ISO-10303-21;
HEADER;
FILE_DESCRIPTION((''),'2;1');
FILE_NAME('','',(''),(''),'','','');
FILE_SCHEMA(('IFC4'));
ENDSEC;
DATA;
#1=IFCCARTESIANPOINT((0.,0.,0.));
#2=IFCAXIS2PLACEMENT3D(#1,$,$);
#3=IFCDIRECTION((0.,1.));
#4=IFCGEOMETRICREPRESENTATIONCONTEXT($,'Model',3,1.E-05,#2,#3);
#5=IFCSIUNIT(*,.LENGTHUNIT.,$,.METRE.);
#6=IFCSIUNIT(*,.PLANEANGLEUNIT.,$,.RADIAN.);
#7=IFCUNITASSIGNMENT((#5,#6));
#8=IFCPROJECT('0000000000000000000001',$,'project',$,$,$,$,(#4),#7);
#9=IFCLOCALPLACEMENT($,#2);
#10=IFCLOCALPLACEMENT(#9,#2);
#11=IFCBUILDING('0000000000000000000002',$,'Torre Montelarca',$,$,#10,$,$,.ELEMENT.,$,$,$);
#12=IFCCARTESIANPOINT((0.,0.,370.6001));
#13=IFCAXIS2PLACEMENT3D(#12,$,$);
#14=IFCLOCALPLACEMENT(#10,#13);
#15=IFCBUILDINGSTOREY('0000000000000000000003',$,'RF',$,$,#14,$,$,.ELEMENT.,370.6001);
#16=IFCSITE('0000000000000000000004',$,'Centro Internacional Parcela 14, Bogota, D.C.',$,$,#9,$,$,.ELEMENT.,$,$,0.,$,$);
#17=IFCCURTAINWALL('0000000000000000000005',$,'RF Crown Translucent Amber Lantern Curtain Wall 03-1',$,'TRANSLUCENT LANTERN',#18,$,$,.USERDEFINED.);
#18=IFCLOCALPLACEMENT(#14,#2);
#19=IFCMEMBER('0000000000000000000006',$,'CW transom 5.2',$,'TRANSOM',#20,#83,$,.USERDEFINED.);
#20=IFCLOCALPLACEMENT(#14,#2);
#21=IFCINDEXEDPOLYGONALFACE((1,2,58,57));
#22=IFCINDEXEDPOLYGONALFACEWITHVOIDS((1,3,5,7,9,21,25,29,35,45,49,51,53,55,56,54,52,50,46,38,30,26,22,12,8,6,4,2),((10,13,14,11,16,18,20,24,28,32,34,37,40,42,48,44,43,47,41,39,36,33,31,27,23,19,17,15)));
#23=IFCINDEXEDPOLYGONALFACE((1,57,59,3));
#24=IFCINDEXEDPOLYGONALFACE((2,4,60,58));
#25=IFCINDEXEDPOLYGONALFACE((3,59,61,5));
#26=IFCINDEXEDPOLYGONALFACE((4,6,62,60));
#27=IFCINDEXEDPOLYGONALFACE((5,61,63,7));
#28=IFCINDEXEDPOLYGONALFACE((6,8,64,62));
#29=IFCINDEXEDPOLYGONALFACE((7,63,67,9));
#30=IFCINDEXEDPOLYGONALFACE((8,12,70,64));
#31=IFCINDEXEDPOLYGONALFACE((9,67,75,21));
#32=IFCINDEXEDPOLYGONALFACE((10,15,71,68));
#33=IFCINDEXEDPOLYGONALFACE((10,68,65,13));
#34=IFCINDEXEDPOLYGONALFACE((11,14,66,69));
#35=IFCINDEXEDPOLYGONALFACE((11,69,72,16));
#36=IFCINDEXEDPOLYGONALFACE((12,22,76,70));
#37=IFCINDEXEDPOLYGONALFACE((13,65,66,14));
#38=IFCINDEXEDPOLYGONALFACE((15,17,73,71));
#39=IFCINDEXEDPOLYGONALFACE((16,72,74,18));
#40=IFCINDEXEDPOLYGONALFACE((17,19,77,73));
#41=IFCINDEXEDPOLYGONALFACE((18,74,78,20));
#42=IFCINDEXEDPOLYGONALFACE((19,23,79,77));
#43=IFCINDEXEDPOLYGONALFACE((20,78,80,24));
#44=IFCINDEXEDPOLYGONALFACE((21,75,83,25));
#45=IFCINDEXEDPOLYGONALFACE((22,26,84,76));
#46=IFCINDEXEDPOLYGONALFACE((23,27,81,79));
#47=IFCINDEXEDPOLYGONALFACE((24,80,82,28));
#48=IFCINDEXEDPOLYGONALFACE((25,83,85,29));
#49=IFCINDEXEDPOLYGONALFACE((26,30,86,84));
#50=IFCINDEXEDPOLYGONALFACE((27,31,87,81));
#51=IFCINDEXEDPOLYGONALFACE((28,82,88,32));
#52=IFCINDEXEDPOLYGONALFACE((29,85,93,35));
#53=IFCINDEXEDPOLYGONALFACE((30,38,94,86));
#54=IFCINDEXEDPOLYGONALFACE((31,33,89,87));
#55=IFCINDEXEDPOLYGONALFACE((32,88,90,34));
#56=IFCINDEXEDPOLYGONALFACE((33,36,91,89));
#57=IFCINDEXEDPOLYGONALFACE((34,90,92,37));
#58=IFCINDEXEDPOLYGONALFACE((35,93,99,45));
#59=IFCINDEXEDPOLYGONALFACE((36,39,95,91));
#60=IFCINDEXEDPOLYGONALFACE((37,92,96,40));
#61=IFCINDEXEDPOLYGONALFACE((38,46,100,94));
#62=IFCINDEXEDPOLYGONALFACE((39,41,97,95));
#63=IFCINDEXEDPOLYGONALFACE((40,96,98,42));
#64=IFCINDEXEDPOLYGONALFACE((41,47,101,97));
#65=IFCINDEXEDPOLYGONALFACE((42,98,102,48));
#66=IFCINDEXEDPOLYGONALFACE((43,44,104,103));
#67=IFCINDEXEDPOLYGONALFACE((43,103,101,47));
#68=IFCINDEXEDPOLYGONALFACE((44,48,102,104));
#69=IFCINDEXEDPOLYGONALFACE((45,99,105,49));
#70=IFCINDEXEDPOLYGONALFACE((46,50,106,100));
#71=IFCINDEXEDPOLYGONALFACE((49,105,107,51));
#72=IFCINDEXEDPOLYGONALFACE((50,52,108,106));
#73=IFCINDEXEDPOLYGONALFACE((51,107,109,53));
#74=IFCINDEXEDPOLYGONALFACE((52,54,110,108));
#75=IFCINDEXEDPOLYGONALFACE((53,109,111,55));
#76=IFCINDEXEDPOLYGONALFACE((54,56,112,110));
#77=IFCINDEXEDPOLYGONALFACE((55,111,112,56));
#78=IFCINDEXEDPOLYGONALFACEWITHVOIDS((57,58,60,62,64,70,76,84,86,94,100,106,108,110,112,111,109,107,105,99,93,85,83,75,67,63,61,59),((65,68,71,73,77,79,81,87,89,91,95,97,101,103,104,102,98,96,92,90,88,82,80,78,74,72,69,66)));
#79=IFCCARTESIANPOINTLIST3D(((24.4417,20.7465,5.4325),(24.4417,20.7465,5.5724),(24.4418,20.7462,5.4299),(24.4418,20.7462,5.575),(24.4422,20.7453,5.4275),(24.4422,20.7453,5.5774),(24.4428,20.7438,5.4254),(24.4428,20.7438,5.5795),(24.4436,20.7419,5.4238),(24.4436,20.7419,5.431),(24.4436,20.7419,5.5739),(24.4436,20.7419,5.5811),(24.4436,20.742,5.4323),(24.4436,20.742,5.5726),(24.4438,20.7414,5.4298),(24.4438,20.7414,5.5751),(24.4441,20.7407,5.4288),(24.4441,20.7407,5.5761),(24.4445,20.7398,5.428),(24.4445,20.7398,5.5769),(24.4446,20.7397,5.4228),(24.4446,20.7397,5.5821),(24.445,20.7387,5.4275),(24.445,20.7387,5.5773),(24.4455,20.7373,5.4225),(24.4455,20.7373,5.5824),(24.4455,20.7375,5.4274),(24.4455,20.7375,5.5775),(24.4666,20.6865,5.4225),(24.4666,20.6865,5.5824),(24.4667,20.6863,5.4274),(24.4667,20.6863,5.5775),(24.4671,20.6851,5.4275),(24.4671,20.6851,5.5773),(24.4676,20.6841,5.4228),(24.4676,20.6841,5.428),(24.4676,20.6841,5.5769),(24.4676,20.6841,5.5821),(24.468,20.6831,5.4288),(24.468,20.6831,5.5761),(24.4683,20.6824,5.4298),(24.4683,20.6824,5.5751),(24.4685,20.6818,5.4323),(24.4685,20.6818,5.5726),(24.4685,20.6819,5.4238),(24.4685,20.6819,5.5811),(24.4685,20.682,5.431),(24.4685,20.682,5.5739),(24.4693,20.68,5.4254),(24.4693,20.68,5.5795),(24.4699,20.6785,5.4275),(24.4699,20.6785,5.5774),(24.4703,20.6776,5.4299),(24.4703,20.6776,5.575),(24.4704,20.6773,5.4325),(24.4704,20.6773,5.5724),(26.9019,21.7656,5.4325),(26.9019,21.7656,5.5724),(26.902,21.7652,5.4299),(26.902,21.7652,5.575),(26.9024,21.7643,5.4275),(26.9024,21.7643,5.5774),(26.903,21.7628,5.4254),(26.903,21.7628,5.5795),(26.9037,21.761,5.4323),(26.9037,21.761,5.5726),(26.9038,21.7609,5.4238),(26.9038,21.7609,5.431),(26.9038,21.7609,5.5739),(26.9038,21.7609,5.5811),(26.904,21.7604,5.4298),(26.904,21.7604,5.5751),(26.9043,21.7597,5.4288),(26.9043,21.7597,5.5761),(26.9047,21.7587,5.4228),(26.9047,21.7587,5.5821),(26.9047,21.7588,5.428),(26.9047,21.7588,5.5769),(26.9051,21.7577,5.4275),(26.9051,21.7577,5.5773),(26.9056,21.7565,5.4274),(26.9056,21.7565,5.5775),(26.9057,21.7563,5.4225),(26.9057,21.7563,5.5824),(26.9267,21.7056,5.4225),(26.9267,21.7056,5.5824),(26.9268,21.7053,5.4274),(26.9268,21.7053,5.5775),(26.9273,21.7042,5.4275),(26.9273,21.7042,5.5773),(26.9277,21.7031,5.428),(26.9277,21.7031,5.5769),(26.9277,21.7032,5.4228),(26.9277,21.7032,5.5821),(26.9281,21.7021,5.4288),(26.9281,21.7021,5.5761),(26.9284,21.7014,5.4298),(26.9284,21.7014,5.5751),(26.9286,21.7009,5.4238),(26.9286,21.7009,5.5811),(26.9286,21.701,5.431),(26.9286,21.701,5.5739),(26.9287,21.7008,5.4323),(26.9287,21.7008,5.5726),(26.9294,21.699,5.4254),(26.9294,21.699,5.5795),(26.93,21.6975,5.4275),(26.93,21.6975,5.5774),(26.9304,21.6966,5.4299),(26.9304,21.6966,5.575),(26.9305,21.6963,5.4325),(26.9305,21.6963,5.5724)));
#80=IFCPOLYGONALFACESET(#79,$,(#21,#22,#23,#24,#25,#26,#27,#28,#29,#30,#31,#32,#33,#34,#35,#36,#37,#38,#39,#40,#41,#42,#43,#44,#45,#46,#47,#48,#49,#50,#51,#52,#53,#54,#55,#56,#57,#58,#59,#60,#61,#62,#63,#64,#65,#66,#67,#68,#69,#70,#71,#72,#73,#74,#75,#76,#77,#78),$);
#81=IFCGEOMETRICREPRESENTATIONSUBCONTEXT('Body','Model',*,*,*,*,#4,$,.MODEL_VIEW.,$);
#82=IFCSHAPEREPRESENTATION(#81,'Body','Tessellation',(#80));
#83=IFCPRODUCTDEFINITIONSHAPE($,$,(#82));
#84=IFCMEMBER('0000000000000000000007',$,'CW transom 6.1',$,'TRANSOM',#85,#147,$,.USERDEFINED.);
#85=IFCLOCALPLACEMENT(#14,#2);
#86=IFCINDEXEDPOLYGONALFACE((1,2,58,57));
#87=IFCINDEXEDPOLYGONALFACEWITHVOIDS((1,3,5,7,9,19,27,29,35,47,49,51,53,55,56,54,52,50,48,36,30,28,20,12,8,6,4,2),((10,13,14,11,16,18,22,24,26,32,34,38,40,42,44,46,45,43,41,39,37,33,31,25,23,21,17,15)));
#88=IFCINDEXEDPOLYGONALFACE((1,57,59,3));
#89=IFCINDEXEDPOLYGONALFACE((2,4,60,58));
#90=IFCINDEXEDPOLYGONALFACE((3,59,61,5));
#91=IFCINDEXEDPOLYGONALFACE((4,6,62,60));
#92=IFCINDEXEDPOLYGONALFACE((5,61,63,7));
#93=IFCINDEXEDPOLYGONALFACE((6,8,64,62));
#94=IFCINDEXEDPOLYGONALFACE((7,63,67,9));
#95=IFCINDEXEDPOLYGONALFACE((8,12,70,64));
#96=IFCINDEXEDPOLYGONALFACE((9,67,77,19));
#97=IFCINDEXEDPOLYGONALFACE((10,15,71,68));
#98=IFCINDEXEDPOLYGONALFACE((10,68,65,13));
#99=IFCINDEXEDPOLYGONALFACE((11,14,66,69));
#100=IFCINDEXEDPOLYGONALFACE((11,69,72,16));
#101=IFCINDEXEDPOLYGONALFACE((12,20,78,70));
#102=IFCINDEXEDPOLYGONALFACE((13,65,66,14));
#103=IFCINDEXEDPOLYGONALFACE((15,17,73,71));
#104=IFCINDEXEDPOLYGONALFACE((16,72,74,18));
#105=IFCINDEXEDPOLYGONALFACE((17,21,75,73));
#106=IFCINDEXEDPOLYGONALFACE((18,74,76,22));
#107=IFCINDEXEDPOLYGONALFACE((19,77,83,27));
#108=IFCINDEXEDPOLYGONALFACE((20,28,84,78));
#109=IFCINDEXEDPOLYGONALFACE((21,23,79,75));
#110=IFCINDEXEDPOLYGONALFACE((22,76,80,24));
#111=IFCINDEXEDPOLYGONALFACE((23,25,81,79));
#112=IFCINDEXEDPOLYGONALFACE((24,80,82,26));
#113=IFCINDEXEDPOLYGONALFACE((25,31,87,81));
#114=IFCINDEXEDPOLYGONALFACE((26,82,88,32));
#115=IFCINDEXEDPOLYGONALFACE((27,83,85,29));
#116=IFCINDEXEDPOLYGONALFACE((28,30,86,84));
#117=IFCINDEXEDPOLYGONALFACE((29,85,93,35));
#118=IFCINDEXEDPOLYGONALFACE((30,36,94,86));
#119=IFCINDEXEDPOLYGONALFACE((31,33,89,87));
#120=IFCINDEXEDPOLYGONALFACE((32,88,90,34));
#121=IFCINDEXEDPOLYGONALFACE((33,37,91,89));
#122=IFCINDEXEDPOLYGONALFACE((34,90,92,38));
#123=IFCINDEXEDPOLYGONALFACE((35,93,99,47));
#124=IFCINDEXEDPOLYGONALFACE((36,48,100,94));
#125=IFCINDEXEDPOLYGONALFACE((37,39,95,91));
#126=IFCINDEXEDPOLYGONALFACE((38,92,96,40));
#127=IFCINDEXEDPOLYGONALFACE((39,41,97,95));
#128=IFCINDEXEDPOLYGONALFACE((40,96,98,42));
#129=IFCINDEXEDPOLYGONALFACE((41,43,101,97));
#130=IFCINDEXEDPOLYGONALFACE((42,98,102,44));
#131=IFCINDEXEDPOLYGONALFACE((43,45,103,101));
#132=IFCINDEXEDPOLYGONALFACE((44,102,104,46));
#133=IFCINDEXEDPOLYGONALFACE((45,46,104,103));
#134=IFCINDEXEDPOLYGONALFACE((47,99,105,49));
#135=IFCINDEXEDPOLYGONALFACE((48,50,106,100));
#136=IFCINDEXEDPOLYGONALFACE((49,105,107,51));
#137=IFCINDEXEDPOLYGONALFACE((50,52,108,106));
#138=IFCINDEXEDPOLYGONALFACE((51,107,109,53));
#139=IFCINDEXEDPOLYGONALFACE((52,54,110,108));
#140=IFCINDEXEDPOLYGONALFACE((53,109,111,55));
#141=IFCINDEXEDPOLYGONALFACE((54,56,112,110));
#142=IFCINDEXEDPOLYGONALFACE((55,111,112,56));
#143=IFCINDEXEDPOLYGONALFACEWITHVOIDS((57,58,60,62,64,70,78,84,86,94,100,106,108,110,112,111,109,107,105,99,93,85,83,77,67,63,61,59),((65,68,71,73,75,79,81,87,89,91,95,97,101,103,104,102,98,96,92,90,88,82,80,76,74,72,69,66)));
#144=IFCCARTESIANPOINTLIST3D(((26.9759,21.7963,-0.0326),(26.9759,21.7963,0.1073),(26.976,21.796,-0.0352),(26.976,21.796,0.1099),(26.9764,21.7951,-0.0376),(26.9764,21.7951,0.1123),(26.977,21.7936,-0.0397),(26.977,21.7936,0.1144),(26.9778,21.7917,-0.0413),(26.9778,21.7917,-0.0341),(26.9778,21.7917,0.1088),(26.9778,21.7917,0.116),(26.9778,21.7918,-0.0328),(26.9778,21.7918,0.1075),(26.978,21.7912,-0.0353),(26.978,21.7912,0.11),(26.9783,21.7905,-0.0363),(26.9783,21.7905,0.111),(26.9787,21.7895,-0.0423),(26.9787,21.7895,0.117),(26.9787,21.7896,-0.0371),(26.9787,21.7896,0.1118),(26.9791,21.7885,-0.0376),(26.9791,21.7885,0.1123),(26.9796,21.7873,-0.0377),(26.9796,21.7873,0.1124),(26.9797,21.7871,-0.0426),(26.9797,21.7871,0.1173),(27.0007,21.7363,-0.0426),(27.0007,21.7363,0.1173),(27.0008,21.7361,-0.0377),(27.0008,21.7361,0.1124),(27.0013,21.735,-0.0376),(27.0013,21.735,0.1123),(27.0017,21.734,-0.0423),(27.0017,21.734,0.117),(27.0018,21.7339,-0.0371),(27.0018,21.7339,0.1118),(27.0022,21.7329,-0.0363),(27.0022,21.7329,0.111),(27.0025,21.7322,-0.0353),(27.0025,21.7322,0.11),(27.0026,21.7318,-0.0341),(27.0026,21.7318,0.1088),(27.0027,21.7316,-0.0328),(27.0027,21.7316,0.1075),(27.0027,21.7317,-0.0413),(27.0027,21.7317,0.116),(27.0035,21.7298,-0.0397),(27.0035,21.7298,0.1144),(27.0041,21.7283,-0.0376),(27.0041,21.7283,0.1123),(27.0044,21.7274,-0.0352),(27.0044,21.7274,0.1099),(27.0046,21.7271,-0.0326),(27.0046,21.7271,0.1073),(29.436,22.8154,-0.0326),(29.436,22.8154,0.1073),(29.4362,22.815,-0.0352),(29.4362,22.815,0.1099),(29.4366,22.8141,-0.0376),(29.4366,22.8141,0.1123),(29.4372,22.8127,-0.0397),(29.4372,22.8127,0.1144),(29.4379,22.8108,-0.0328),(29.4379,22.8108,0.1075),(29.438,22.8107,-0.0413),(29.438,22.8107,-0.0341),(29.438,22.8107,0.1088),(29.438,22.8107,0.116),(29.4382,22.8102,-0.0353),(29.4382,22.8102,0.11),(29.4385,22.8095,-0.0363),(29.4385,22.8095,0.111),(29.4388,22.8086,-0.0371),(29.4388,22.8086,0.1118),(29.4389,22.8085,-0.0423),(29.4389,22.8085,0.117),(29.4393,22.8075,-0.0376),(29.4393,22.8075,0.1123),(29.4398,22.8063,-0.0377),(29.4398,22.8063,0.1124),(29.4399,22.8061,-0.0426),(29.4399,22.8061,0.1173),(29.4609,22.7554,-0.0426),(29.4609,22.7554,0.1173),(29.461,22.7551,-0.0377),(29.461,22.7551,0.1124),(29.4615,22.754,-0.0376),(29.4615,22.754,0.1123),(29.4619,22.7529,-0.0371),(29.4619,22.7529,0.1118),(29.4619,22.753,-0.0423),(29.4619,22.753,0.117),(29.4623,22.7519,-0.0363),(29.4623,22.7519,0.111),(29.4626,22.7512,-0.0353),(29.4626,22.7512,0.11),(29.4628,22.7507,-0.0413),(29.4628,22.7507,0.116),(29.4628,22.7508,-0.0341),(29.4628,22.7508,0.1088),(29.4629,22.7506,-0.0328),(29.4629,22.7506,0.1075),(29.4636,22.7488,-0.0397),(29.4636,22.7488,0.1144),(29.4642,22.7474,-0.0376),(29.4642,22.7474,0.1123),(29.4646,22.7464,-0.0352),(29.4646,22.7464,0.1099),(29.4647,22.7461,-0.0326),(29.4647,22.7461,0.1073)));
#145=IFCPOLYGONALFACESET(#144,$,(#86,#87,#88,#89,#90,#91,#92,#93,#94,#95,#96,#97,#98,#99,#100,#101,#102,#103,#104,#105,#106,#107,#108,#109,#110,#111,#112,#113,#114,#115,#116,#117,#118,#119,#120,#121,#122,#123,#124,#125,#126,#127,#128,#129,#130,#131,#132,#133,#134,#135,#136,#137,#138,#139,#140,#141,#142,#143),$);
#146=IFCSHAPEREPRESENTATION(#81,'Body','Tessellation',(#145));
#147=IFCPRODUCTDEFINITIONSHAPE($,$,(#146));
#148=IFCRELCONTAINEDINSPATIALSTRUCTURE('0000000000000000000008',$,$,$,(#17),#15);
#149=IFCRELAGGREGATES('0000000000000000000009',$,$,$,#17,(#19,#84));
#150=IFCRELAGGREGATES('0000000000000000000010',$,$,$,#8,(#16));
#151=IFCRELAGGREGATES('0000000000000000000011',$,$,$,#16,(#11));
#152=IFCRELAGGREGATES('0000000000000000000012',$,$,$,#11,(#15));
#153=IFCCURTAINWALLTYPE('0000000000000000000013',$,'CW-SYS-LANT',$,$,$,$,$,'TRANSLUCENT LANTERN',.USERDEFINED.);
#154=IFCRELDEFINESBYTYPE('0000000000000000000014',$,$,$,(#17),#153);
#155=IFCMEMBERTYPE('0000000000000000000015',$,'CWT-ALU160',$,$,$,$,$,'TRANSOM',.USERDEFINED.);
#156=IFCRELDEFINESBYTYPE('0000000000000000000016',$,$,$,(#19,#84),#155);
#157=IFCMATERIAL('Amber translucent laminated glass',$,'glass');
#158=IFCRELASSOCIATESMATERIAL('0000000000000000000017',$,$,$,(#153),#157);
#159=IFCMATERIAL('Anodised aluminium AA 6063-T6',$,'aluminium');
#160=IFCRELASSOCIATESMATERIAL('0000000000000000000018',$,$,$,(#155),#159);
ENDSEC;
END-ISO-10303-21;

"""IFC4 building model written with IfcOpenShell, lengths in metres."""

from ifc_helpers import new_model, si_unit, direction, frame, origin, origin_2d, place, context, subcontext, project, spatial, hollow_rectangle, extrude, source, transform, mapped, material, material_profile, profile_set, type_object, element, aggregate, save


model = new_model("IFC4")

# Units and contexts
model_context = context("Model", 3, precision=1e-05, world=origin(), true_north=direction((0.0, 1.0)))
body_context = subcontext(model_context, "Body", "Model", "MODEL_VIEW")
ifc_project = project(units=[si_unit("LENGTHUNIT", "METRE"), si_unit("PLANEANGLEUNIT", "RADIAN")], contexts=[model_context])

# Site, building, storey
site_placement = place(None, origin())
site = spatial("IfcSite", under=ifc_project, at=site_placement, Name="Centro Internacional Parcela 14, Bogota, D.C.", CompositionType="ELEMENT", RefElevation=0.0)
building_placement = place(site_placement, origin())
building = spatial("IfcBuilding", under=site, at=building_placement, Name="Torre Montelarca", CompositionType="ELEMENT")
storey_placement = place(building_placement, frame((0.0, 0.0, 370.6001)))
storey = spatial("IfcBuildingStorey", under=building, at=storey_placement, Name="RF", CompositionType="ELEMENT", Elevation=370.6001)

# Curtain wall, members
ifc_material_1 = material(Name="Amber translucent laminated glass", Category="glass")
curtain_wall_type = type_object("IfcCurtainWallType", Name="CW-SYS-LANT", ElementType="TRANSLUCENT LANTERN", PredefinedType="USERDEFINED", material=ifc_material_1)
curtain_wall_placement = place(storey_placement, origin())
curtain_wall = element("IfcCurtainWall", 1, at=curtain_wall_placement, inside=storey, type_object=curtain_wall_type, Name="RF Crown Translucent Amber Lantern Curtain Wall 03-1", ObjectType="TRANSLUCENT LANTERN", PredefinedType="USERDEFINED")
ifc_material_2 = material(Name="Anodised aluminium AA 6063-T6", Category="aluminium")
ifc_material_profile_1 = material_profile(ifc_material_2, hollow_rectangle(XDim=0.075, YDim=0.1599, WallThickness=0.0049, InnerFilletRadius=0.0049, OuterFilletRadius=0.01, at=origin_2d()), Name="ALU75X160X5", Category="aluminium")
ifc_profile_set_1 = profile_set([ifc_material_profile_1], Name="Anodised aluminium AA 6063-T6")
member_type_1 = type_object("IfcMemberType", Name="CWT-ALU160", ElementType="TRANSOM", PredefinedType="USERDEFINED", material=ifc_profile_set_1)
shared_shape_1 = source(origin(), body_context, "Body", "SweptSolid", [
    extrude(hollow_rectangle(XDim=0.075, YDim=0.1599, WallThickness=0.0049, InnerFilletRadius=0.0049, OuterFilletRadius=0.01, at=origin_2d()), origin(), (0.0, 0.0, 1.0), 2.6628),
])
member_1_placement = place(storey_placement, frame((24.4561, 20.7119, 5.5024), z_axis=(0.923881, 0.382681, 0.0), x_axis=(-0.382681, 0.923881, 0.0)))
member_1 = element("IfcMember", 2, at=member_1_placement, type_object=member_type_1, Name="CW transom 5.2", ObjectType="TRANSOM", PredefinedType="USERDEFINED", context=body_context, shape_type="MappedRepresentation", body=[
    mapped(shared_shape_1, transform((0.0, 0.0, 0.0), scale=1.0)),
])
member_2_placement = place(storey_placement, frame((26.9902, 21.7617, 0.0374), z_axis=(0.923881, 0.382681, 0.0), x_axis=(-0.382681, 0.923881, 0.0)))
member_2 = element("IfcMember", 3, at=member_2_placement, type_object=member_type_1, Name="CW transom 6.1", ObjectType="TRANSOM", PredefinedType="USERDEFINED", context=body_context, shape_type="MappedRepresentation", body=[
    mapped(shared_shape_1, transform((0.0, 0.0, 0.0), scale=1.0)),
])

aggregate(curtain_wall, [member_1, member_2])

save(model, "model.ifc")
